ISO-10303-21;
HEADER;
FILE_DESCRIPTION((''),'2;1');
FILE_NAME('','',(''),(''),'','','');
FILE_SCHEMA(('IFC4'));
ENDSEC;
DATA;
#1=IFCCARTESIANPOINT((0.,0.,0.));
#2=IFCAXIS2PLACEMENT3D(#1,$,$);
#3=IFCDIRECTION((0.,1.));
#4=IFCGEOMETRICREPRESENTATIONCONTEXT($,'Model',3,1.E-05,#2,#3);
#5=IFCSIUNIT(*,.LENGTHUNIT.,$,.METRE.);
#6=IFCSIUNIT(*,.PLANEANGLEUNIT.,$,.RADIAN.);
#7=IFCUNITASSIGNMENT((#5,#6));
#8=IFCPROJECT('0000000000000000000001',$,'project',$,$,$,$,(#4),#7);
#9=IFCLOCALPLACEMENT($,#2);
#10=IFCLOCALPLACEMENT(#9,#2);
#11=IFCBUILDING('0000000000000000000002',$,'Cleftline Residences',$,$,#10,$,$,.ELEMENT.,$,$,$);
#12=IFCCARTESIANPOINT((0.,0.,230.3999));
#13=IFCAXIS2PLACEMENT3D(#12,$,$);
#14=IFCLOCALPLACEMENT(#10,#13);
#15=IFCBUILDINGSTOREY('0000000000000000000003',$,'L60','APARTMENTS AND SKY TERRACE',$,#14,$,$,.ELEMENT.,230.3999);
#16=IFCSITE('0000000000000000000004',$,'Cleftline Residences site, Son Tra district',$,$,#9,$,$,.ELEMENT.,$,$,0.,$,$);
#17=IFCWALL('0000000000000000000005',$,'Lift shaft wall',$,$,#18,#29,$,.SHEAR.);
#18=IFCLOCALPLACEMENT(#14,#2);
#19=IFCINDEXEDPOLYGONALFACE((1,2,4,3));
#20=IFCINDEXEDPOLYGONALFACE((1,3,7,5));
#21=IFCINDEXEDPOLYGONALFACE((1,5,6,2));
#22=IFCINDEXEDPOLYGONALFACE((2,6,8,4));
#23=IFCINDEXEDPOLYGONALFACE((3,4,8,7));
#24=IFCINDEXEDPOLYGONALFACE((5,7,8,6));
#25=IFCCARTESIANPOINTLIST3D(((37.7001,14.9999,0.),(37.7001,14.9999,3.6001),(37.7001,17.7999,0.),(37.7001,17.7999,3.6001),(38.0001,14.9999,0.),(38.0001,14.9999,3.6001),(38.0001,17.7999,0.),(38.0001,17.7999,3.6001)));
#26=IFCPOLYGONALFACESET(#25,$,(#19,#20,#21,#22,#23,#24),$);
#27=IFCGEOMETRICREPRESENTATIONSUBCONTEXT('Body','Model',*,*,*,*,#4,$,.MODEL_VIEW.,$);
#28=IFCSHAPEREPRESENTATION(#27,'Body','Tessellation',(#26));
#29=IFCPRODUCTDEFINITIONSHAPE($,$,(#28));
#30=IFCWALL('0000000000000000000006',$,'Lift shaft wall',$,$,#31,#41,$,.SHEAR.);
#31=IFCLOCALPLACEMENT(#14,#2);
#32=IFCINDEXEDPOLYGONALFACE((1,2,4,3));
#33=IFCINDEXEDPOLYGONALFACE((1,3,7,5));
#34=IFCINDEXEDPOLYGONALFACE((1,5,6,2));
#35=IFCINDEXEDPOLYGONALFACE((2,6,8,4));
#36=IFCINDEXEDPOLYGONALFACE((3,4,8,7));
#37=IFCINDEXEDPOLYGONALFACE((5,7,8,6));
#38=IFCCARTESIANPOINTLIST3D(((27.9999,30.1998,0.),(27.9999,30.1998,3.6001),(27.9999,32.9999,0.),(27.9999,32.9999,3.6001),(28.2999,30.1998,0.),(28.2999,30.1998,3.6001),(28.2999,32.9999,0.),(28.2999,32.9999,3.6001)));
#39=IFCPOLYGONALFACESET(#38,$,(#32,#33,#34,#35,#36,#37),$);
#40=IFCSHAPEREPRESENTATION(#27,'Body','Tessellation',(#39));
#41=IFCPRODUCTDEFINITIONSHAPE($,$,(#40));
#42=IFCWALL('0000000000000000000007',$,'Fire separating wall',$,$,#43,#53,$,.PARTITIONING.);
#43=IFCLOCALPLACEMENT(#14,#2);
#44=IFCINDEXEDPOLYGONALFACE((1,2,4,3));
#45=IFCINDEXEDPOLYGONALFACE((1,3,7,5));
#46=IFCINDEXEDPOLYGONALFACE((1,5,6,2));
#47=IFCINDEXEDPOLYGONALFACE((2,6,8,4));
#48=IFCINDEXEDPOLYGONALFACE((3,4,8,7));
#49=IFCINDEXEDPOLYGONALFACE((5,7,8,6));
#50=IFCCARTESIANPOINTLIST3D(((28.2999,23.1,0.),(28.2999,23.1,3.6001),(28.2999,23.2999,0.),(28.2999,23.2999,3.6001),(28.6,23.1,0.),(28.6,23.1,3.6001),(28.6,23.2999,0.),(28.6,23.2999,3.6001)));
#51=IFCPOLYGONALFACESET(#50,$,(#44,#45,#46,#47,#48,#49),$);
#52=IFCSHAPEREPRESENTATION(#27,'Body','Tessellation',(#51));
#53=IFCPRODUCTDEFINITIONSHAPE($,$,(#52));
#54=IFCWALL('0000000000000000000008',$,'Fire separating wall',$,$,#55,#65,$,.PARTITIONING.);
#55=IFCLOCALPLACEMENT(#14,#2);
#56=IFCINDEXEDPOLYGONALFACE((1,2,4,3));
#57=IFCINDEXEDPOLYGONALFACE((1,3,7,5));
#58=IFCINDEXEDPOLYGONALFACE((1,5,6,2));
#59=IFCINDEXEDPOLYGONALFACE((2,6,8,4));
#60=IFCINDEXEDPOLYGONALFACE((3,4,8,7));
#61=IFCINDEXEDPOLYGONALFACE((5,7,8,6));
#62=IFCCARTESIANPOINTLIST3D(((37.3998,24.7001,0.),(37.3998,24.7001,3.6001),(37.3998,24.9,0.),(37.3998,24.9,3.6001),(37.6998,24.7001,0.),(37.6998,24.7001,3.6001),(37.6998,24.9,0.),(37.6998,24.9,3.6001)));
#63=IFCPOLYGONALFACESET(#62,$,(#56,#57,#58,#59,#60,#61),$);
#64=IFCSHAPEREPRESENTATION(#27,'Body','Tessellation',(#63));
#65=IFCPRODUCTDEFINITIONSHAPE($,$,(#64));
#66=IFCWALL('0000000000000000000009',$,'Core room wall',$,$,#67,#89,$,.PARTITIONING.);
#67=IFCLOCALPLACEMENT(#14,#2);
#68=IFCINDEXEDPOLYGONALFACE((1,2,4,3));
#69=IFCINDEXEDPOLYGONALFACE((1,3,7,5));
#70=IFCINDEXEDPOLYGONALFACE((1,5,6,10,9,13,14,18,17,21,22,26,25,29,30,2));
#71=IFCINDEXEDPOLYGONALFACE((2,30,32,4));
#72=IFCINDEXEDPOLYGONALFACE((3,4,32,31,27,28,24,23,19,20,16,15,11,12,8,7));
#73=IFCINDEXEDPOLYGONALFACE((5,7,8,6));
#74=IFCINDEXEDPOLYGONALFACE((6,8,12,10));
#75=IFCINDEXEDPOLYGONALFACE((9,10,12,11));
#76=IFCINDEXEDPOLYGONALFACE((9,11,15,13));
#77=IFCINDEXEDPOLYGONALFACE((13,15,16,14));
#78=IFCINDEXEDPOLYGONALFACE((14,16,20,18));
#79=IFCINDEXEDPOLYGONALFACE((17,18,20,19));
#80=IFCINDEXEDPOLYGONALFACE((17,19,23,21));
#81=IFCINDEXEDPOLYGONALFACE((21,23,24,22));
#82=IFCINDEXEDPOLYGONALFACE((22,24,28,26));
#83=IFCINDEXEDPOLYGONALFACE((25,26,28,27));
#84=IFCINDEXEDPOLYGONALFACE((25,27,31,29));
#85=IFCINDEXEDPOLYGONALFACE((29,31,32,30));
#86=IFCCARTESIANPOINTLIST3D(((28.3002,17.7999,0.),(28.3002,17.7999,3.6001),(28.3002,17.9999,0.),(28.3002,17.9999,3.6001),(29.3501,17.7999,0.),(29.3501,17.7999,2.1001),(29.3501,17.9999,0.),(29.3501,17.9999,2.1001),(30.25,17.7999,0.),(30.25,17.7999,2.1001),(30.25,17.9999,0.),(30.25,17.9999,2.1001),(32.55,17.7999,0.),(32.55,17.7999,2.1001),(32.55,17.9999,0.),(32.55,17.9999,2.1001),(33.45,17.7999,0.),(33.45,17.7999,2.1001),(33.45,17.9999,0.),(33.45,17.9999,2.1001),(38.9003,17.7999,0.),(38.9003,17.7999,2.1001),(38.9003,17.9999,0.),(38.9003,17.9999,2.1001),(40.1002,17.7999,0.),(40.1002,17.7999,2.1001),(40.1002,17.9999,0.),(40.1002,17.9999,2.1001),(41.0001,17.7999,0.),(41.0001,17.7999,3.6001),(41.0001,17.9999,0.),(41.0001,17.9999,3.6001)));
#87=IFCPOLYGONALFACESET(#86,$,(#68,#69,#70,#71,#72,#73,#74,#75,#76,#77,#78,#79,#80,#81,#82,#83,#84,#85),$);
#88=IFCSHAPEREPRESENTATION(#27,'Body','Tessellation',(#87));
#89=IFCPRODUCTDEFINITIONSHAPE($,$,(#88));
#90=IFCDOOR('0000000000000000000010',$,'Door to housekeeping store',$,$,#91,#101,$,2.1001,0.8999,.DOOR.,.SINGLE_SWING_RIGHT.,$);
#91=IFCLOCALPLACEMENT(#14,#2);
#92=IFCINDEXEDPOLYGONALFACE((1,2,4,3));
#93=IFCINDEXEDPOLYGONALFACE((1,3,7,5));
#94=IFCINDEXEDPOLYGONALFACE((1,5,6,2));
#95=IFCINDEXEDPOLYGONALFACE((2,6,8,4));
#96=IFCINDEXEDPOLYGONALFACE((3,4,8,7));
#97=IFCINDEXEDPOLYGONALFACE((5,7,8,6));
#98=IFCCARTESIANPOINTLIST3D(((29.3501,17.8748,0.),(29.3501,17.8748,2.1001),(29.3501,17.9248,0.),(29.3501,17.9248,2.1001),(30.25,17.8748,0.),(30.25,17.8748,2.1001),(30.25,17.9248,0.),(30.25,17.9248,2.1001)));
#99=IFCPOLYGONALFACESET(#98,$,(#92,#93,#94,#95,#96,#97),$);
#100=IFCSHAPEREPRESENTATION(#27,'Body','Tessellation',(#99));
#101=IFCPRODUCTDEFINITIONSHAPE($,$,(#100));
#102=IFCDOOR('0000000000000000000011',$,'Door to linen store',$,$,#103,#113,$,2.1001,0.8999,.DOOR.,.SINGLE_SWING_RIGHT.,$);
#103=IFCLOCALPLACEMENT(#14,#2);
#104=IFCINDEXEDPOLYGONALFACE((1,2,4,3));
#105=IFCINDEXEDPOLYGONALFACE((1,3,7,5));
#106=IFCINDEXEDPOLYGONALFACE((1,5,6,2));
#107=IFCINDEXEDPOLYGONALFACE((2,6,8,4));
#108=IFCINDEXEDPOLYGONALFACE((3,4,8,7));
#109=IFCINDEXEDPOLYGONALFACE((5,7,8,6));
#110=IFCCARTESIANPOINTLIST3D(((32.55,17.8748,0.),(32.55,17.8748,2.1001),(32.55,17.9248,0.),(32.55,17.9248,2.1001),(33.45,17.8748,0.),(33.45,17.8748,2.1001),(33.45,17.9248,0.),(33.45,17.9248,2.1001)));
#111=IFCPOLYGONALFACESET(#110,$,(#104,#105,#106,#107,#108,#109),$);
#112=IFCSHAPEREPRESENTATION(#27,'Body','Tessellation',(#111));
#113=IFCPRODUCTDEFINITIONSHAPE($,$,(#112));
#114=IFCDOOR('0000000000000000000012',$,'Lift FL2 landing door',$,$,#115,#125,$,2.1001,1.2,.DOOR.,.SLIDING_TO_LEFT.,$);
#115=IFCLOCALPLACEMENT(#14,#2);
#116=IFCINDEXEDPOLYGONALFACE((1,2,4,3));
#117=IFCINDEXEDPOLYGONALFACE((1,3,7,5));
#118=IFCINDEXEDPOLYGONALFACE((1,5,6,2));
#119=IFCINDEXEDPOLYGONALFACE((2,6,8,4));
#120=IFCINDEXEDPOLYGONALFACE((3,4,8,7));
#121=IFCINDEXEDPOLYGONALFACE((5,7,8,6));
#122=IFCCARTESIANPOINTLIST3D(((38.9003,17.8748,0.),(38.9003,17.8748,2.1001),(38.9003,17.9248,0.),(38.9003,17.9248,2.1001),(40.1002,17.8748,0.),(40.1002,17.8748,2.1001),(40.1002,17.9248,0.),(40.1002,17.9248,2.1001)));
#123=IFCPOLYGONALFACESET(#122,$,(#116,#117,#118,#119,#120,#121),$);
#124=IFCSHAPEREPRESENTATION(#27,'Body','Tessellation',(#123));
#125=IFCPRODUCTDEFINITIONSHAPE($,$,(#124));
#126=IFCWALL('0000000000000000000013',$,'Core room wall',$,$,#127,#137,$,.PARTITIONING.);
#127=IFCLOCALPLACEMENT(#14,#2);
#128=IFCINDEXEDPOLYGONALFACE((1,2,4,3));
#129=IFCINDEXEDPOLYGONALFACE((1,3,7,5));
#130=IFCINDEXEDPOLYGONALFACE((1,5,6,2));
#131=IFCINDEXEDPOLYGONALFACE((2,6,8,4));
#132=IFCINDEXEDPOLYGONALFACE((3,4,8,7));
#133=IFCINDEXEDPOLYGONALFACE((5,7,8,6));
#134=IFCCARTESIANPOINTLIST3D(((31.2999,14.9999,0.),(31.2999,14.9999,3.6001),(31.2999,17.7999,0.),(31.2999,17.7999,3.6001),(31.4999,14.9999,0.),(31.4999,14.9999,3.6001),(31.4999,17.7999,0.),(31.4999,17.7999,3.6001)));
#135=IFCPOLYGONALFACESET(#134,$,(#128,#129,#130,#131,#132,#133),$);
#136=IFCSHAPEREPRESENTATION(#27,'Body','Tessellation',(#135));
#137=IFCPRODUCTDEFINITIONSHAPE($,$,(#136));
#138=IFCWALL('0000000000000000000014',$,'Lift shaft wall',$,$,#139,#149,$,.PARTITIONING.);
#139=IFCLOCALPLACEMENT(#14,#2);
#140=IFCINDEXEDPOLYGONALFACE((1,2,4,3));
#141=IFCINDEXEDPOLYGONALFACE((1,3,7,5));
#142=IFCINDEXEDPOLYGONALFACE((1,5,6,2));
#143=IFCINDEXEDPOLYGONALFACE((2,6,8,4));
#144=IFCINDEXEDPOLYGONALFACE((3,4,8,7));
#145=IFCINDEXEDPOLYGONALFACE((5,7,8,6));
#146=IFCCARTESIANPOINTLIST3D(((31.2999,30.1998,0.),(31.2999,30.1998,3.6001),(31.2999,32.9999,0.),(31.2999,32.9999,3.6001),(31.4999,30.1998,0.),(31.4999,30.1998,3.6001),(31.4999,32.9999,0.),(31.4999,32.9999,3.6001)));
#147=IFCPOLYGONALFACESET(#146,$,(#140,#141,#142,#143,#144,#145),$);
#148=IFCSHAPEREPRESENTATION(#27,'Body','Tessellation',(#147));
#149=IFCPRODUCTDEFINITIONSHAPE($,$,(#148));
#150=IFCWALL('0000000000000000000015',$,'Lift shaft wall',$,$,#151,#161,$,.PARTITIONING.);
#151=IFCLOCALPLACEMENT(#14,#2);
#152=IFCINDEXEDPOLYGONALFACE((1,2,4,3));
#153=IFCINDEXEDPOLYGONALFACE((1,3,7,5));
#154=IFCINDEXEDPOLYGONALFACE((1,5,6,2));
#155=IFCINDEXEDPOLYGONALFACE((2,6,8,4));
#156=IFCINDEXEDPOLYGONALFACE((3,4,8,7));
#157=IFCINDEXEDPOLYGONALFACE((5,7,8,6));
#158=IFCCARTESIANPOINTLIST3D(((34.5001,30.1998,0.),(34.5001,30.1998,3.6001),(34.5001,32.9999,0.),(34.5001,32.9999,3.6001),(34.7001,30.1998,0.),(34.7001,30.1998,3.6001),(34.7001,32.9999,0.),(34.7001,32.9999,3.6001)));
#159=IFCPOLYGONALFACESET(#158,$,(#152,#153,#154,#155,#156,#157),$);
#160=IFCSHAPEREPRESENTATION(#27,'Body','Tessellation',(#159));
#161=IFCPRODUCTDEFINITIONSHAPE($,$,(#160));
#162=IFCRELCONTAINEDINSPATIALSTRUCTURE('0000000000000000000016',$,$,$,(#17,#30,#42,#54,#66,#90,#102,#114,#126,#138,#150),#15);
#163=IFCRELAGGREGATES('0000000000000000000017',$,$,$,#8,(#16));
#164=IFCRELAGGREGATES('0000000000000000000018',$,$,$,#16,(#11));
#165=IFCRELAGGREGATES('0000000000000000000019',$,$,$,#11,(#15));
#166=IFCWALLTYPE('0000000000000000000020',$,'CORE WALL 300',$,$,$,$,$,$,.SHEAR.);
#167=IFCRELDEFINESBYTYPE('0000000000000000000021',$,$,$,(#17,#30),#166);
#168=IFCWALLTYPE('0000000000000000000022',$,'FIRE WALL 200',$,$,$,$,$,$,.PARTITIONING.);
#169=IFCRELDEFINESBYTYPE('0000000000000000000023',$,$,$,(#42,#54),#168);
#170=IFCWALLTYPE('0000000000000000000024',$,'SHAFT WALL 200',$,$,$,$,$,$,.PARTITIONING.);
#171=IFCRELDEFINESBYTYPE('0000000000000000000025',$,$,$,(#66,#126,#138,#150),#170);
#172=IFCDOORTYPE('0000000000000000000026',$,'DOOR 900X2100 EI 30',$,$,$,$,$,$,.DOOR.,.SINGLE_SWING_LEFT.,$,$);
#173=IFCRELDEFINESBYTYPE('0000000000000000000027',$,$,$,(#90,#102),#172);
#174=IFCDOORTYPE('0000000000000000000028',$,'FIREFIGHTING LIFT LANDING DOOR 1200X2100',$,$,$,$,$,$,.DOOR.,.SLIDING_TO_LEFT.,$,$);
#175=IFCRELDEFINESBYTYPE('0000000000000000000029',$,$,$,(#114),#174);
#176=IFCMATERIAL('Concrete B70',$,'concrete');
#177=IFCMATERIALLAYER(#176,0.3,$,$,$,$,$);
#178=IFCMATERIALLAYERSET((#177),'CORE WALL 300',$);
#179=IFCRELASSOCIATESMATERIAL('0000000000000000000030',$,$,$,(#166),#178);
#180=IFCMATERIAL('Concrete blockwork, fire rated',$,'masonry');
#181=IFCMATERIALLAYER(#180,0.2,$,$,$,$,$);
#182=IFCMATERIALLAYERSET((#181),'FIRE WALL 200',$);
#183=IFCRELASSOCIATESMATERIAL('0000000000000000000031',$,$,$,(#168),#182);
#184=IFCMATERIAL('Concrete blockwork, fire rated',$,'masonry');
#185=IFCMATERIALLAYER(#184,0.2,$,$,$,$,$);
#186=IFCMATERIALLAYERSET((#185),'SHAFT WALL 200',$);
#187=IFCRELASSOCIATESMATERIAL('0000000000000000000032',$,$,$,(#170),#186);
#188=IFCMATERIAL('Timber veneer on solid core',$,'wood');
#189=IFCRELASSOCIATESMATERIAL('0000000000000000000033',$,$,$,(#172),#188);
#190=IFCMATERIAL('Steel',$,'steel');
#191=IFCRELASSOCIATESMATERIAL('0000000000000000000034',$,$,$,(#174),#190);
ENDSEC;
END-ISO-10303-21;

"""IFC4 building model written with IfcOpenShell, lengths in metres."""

from ifc_helpers import new_model, si_unit, direction, frame, frame_2d, origin, place, context, subcontext, project, spatial, rectangle, extrude, material, layer, layer_set, type_object, element, fill, save


model = new_model("IFC4")

# Units and contexts
model_context = context("Model", 3, precision=1e-05, world=origin(), true_north=direction((0.0, 1.0)))
body_context = subcontext(model_context, "Body", "Model", "MODEL_VIEW")
ifc_project = project(units=[si_unit("LENGTHUNIT", "METRE"), si_unit("PLANEANGLEUNIT", "RADIAN")], contexts=[model_context])

# Site, building, storey
site_placement = place(None, origin())
site = spatial("IfcSite", under=ifc_project, at=site_placement, Name="Cleftline Residences site, Son Tra district", CompositionType="ELEMENT", RefElevation=0.0)
building_placement = place(site_placement, origin())
building = spatial("IfcBuilding", under=site, at=building_placement, Name="Cleftline Residences", CompositionType="ELEMENT")
storey_placement = place(building_placement, frame((0.0, 0.0, 230.3999)))
storey = spatial("IfcBuildingStorey", under=building, at=storey_placement, Name="L60", Description="APARTMENTS AND SKY TERRACE", CompositionType="ELEMENT", Elevation=230.3999)

# Shared definitions
ifc_material_1 = material(Name="Concrete B70", Category="concrete")
ifc_layer_1 = layer(ifc_material_1, 0.3)
ifc_layer_set_1 = layer_set([ifc_layer_1], Name="CORE WALL 300")
wall_type_1 = type_object("IfcWallType", Name="CORE WALL 300", PredefinedType="SHEAR", material=ifc_layer_set_1)

# Walls
for number, where, z_axis, x_axis, name in (
    (1, (37.8501, 15.0, 0.0), (0.0, 0.0, 1.0), (0.0, 1.0, 0.0), "Lift shaft wall"),
    (2, (28.1499, 30.2, 0.0), (0.0, 0.0, 1.0), (0.0, 1.0, 0.0), "Lift shaft wall"),
):
    element("IfcWall", number, at=place(storey_placement, frame(where, z_axis=z_axis, x_axis=x_axis)), inside=storey, type_object=wall_type_1, Name=name, PredefinedType="SHEAR", context=body_context, shape_type="SweptSolid", body=[
        extrude(rectangle(XDim=2.8, YDim=0.3, at=frame_2d((1.3999, 0.0))), origin(), (0.0, 0.0, 1.0), 3.6001),
    ])
ifc_material_2 = material(Name="Concrete blockwork, fire rated", Category="masonry")
ifc_layer_2 = layer(ifc_material_2, 0.2)
ifc_layer_set_2 = layer_set([ifc_layer_2], Name="FIRE WALL 200")
wall_type_2 = type_object("IfcWallType", Name="FIRE WALL 200", PredefinedType="PARTITIONING", material=ifc_layer_set_2)
for number, where, z_axis, x_axis, name in (
    (3, (28.3, 23.2, 0.0), (0.0, 0.0, 1.0), (1.0, 0.0, 0.0), "Fire separating wall"),
    (4, (37.3999, 24.8, 0.0), (0.0, 0.0, 1.0), (1.0, 0.0, 0.0), "Fire separating wall"),
):
    element("IfcWall", number, at=place(storey_placement, frame(where, z_axis=z_axis, x_axis=x_axis)), inside=storey, type_object=wall_type_2, Name=name, PredefinedType="PARTITIONING", context=body_context, shape_type="SweptSolid", body=[
        extrude(rectangle(XDim=0.3, YDim=0.2, at=frame_2d((0.1499, 0.0))), origin(), (0.0, 0.0, 1.0), 3.6001),
    ])

# Wall, openings, doors
ifc_material_3 = material(Name="Concrete blockwork, fire rated", Category="masonry")
ifc_layer_3 = layer(ifc_material_3, 0.2)
ifc_layer_set_3 = layer_set([ifc_layer_3], Name="SHAFT WALL 200")
wall_type_3 = type_object("IfcWallType", Name="SHAFT WALL 200", PredefinedType="PARTITIONING", material=ifc_layer_set_3)
wall_1_placement = place(storey_placement, frame((28.3, 17.8999, 0.0), z_axis=(0.0, 0.0, 1.0), x_axis=(1.0, 0.0, 0.0)))
wall_1 = element("IfcWall", 5, at=wall_1_placement, inside=storey, type_object=wall_type_3, Name="Core room wall", PredefinedType="PARTITIONING", context=body_context, shape_type="SweptSolid", body=[
    extrude(rectangle(XDim=12.7, YDim=0.2, at=frame_2d((6.3501, 0.0))), origin(), (0.0, 0.0, 1.0), 3.6001),
])
opening_1_placement = place(wall_1_placement, frame((1.05, 0.0, 0.0)))
opening_1 = element("IfcOpeningElement", 6, at=opening_1_placement, cuts=wall_1, PredefinedType="OPENING", context=body_context, shape_type="SweptSolid", body=[
    extrude(rectangle(XDim=0.8999, YDim=2.1001, at=frame_2d((0.45, 1.05))), frame((0.0, 0.1099, 0.0), z_axis=(0.0, -1.0, 0.0), x_axis=(1.0, 0.0, 0.0)), (0.0, 0.0, 1.0), 0.22),
])
opening_2_placement = place(wall_1_placement, frame((4.25, 0.0, 0.0)))
opening_2 = element("IfcOpeningElement", 7, at=opening_2_placement, cuts=wall_1, PredefinedType="OPENING", context=body_context, shape_type="SweptSolid", body=[
    extrude(rectangle(XDim=0.8999, YDim=2.1001, at=frame_2d((0.45, 1.05))), frame((0.0, 0.1099, 0.0), z_axis=(0.0, -1.0, 0.0), x_axis=(1.0, 0.0, 0.0)), (0.0, 0.0, 1.0), 0.22),
])
opening_3_placement = place(wall_1_placement, frame((10.6001, 0.0, 0.0)))
opening_3 = element("IfcOpeningElement", 8, at=opening_3_placement, cuts=wall_1, PredefinedType="OPENING", context=body_context, shape_type="SweptSolid", body=[
    extrude(rectangle(XDim=1.2, YDim=2.1001, at=frame_2d((0.6001, 1.05))), frame((0.0, 0.1099, 0.0), z_axis=(0.0, -1.0, 0.0), x_axis=(1.0, 0.0, 0.0)), (0.0, 0.0, 1.0), 0.22),
])
ifc_material_4 = material(Name="Timber veneer on solid core", Category="wood")
door_type_1 = type_object("IfcDoorType", Name="DOOR 900X2100 EI 30", OperationType="SINGLE_SWING_LEFT", PredefinedType="DOOR", material=ifc_material_4)
door_1_placement = place(opening_1_placement, origin())
door_1 = element("IfcDoor", 9, at=door_1_placement, inside=storey, type_object=door_type_1, Name="Door to housekeeping store", OperationType="SINGLE_SWING_RIGHT", OverallHeight=2.1001, OverallWidth=0.8999, PredefinedType="DOOR", context=body_context, shape_type="SweptSolid", body=[
    extrude(rectangle(XDim=0.8999, YDim=2.1001, at=frame_2d((0.45, 1.05))), frame((0.0, 0.0249, 0.0), z_axis=(0.0, -1.0, 0.0), x_axis=(1.0, 0.0, 0.0)), (0.0, 0.0, 1.0), 0.05),
])
fill(opening_1, door_1)
door_2_placement = place(opening_2_placement, origin())
door_2 = element("IfcDoor", 10, at=door_2_placement, inside=storey, type_object=door_type_1, Name="Door to linen store", OperationType="SINGLE_SWING_RIGHT", OverallHeight=2.1001, OverallWidth=0.8999, PredefinedType="DOOR", context=body_context, shape_type="SweptSolid", body=[
    extrude(rectangle(XDim=0.8999, YDim=2.1001, at=frame_2d((0.45, 1.05))), frame((0.0, 0.0249, 0.0), z_axis=(0.0, -1.0, 0.0), x_axis=(1.0, 0.0, 0.0)), (0.0, 0.0, 1.0), 0.05),
])
fill(opening_2, door_2)
ifc_material_5 = material(Name="Steel", Category="steel")
door_type_2 = type_object("IfcDoorType", Name="FIREFIGHTING LIFT LANDING DOOR 1200X2100", OperationType="SLIDING_TO_LEFT", PredefinedType="DOOR", material=ifc_material_5)
door_3_placement = place(opening_3_placement, origin())
door_3 = element("IfcDoor", 11, at=door_3_placement, inside=storey, type_object=door_type_2, Name="Lift FL2 landing door", OperationType="SLIDING_TO_LEFT", OverallHeight=2.1001, OverallWidth=1.2, PredefinedType="DOOR", context=body_context, shape_type="SweptSolid", body=[
    extrude(rectangle(XDim=1.2, YDim=2.1001, at=frame_2d((0.6001, 1.05))), frame((0.0, 0.0249, 0.0), z_axis=(0.0, -1.0, 0.0), x_axis=(1.0, 0.0, 0.0)), (0.0, 0.0, 1.0), 0.05),
])
fill(opening_3, door_3)

# Walls
for number, where, z_axis, x_axis, name in (
    (12, (31.3999, 15.0, 0.0), (0.0, 0.0, 1.0), (0.0, 1.0, 0.0), "Core room wall"),
    (13, (31.3999, 30.2, 0.0), (0.0, 0.0, 1.0), (0.0, 1.0, 0.0), "Lift shaft wall"),
    (14, (34.6001, 30.2, 0.0), (0.0, 0.0, 1.0), (0.0, 1.0, 0.0), "Lift shaft wall"),
):
    element("IfcWall", number, at=place(storey_placement, frame(where, z_axis=z_axis, x_axis=x_axis)), inside=storey, type_object=wall_type_3, Name=name, PredefinedType="PARTITIONING", context=body_context, shape_type="SweptSolid", body=[
        extrude(rectangle(XDim=2.8, YDim=0.2, at=frame_2d((1.3999, 0.0))), origin(), (0.0, 0.0, 1.0), 3.6001),
    ])

save(model, "model.ifc")
